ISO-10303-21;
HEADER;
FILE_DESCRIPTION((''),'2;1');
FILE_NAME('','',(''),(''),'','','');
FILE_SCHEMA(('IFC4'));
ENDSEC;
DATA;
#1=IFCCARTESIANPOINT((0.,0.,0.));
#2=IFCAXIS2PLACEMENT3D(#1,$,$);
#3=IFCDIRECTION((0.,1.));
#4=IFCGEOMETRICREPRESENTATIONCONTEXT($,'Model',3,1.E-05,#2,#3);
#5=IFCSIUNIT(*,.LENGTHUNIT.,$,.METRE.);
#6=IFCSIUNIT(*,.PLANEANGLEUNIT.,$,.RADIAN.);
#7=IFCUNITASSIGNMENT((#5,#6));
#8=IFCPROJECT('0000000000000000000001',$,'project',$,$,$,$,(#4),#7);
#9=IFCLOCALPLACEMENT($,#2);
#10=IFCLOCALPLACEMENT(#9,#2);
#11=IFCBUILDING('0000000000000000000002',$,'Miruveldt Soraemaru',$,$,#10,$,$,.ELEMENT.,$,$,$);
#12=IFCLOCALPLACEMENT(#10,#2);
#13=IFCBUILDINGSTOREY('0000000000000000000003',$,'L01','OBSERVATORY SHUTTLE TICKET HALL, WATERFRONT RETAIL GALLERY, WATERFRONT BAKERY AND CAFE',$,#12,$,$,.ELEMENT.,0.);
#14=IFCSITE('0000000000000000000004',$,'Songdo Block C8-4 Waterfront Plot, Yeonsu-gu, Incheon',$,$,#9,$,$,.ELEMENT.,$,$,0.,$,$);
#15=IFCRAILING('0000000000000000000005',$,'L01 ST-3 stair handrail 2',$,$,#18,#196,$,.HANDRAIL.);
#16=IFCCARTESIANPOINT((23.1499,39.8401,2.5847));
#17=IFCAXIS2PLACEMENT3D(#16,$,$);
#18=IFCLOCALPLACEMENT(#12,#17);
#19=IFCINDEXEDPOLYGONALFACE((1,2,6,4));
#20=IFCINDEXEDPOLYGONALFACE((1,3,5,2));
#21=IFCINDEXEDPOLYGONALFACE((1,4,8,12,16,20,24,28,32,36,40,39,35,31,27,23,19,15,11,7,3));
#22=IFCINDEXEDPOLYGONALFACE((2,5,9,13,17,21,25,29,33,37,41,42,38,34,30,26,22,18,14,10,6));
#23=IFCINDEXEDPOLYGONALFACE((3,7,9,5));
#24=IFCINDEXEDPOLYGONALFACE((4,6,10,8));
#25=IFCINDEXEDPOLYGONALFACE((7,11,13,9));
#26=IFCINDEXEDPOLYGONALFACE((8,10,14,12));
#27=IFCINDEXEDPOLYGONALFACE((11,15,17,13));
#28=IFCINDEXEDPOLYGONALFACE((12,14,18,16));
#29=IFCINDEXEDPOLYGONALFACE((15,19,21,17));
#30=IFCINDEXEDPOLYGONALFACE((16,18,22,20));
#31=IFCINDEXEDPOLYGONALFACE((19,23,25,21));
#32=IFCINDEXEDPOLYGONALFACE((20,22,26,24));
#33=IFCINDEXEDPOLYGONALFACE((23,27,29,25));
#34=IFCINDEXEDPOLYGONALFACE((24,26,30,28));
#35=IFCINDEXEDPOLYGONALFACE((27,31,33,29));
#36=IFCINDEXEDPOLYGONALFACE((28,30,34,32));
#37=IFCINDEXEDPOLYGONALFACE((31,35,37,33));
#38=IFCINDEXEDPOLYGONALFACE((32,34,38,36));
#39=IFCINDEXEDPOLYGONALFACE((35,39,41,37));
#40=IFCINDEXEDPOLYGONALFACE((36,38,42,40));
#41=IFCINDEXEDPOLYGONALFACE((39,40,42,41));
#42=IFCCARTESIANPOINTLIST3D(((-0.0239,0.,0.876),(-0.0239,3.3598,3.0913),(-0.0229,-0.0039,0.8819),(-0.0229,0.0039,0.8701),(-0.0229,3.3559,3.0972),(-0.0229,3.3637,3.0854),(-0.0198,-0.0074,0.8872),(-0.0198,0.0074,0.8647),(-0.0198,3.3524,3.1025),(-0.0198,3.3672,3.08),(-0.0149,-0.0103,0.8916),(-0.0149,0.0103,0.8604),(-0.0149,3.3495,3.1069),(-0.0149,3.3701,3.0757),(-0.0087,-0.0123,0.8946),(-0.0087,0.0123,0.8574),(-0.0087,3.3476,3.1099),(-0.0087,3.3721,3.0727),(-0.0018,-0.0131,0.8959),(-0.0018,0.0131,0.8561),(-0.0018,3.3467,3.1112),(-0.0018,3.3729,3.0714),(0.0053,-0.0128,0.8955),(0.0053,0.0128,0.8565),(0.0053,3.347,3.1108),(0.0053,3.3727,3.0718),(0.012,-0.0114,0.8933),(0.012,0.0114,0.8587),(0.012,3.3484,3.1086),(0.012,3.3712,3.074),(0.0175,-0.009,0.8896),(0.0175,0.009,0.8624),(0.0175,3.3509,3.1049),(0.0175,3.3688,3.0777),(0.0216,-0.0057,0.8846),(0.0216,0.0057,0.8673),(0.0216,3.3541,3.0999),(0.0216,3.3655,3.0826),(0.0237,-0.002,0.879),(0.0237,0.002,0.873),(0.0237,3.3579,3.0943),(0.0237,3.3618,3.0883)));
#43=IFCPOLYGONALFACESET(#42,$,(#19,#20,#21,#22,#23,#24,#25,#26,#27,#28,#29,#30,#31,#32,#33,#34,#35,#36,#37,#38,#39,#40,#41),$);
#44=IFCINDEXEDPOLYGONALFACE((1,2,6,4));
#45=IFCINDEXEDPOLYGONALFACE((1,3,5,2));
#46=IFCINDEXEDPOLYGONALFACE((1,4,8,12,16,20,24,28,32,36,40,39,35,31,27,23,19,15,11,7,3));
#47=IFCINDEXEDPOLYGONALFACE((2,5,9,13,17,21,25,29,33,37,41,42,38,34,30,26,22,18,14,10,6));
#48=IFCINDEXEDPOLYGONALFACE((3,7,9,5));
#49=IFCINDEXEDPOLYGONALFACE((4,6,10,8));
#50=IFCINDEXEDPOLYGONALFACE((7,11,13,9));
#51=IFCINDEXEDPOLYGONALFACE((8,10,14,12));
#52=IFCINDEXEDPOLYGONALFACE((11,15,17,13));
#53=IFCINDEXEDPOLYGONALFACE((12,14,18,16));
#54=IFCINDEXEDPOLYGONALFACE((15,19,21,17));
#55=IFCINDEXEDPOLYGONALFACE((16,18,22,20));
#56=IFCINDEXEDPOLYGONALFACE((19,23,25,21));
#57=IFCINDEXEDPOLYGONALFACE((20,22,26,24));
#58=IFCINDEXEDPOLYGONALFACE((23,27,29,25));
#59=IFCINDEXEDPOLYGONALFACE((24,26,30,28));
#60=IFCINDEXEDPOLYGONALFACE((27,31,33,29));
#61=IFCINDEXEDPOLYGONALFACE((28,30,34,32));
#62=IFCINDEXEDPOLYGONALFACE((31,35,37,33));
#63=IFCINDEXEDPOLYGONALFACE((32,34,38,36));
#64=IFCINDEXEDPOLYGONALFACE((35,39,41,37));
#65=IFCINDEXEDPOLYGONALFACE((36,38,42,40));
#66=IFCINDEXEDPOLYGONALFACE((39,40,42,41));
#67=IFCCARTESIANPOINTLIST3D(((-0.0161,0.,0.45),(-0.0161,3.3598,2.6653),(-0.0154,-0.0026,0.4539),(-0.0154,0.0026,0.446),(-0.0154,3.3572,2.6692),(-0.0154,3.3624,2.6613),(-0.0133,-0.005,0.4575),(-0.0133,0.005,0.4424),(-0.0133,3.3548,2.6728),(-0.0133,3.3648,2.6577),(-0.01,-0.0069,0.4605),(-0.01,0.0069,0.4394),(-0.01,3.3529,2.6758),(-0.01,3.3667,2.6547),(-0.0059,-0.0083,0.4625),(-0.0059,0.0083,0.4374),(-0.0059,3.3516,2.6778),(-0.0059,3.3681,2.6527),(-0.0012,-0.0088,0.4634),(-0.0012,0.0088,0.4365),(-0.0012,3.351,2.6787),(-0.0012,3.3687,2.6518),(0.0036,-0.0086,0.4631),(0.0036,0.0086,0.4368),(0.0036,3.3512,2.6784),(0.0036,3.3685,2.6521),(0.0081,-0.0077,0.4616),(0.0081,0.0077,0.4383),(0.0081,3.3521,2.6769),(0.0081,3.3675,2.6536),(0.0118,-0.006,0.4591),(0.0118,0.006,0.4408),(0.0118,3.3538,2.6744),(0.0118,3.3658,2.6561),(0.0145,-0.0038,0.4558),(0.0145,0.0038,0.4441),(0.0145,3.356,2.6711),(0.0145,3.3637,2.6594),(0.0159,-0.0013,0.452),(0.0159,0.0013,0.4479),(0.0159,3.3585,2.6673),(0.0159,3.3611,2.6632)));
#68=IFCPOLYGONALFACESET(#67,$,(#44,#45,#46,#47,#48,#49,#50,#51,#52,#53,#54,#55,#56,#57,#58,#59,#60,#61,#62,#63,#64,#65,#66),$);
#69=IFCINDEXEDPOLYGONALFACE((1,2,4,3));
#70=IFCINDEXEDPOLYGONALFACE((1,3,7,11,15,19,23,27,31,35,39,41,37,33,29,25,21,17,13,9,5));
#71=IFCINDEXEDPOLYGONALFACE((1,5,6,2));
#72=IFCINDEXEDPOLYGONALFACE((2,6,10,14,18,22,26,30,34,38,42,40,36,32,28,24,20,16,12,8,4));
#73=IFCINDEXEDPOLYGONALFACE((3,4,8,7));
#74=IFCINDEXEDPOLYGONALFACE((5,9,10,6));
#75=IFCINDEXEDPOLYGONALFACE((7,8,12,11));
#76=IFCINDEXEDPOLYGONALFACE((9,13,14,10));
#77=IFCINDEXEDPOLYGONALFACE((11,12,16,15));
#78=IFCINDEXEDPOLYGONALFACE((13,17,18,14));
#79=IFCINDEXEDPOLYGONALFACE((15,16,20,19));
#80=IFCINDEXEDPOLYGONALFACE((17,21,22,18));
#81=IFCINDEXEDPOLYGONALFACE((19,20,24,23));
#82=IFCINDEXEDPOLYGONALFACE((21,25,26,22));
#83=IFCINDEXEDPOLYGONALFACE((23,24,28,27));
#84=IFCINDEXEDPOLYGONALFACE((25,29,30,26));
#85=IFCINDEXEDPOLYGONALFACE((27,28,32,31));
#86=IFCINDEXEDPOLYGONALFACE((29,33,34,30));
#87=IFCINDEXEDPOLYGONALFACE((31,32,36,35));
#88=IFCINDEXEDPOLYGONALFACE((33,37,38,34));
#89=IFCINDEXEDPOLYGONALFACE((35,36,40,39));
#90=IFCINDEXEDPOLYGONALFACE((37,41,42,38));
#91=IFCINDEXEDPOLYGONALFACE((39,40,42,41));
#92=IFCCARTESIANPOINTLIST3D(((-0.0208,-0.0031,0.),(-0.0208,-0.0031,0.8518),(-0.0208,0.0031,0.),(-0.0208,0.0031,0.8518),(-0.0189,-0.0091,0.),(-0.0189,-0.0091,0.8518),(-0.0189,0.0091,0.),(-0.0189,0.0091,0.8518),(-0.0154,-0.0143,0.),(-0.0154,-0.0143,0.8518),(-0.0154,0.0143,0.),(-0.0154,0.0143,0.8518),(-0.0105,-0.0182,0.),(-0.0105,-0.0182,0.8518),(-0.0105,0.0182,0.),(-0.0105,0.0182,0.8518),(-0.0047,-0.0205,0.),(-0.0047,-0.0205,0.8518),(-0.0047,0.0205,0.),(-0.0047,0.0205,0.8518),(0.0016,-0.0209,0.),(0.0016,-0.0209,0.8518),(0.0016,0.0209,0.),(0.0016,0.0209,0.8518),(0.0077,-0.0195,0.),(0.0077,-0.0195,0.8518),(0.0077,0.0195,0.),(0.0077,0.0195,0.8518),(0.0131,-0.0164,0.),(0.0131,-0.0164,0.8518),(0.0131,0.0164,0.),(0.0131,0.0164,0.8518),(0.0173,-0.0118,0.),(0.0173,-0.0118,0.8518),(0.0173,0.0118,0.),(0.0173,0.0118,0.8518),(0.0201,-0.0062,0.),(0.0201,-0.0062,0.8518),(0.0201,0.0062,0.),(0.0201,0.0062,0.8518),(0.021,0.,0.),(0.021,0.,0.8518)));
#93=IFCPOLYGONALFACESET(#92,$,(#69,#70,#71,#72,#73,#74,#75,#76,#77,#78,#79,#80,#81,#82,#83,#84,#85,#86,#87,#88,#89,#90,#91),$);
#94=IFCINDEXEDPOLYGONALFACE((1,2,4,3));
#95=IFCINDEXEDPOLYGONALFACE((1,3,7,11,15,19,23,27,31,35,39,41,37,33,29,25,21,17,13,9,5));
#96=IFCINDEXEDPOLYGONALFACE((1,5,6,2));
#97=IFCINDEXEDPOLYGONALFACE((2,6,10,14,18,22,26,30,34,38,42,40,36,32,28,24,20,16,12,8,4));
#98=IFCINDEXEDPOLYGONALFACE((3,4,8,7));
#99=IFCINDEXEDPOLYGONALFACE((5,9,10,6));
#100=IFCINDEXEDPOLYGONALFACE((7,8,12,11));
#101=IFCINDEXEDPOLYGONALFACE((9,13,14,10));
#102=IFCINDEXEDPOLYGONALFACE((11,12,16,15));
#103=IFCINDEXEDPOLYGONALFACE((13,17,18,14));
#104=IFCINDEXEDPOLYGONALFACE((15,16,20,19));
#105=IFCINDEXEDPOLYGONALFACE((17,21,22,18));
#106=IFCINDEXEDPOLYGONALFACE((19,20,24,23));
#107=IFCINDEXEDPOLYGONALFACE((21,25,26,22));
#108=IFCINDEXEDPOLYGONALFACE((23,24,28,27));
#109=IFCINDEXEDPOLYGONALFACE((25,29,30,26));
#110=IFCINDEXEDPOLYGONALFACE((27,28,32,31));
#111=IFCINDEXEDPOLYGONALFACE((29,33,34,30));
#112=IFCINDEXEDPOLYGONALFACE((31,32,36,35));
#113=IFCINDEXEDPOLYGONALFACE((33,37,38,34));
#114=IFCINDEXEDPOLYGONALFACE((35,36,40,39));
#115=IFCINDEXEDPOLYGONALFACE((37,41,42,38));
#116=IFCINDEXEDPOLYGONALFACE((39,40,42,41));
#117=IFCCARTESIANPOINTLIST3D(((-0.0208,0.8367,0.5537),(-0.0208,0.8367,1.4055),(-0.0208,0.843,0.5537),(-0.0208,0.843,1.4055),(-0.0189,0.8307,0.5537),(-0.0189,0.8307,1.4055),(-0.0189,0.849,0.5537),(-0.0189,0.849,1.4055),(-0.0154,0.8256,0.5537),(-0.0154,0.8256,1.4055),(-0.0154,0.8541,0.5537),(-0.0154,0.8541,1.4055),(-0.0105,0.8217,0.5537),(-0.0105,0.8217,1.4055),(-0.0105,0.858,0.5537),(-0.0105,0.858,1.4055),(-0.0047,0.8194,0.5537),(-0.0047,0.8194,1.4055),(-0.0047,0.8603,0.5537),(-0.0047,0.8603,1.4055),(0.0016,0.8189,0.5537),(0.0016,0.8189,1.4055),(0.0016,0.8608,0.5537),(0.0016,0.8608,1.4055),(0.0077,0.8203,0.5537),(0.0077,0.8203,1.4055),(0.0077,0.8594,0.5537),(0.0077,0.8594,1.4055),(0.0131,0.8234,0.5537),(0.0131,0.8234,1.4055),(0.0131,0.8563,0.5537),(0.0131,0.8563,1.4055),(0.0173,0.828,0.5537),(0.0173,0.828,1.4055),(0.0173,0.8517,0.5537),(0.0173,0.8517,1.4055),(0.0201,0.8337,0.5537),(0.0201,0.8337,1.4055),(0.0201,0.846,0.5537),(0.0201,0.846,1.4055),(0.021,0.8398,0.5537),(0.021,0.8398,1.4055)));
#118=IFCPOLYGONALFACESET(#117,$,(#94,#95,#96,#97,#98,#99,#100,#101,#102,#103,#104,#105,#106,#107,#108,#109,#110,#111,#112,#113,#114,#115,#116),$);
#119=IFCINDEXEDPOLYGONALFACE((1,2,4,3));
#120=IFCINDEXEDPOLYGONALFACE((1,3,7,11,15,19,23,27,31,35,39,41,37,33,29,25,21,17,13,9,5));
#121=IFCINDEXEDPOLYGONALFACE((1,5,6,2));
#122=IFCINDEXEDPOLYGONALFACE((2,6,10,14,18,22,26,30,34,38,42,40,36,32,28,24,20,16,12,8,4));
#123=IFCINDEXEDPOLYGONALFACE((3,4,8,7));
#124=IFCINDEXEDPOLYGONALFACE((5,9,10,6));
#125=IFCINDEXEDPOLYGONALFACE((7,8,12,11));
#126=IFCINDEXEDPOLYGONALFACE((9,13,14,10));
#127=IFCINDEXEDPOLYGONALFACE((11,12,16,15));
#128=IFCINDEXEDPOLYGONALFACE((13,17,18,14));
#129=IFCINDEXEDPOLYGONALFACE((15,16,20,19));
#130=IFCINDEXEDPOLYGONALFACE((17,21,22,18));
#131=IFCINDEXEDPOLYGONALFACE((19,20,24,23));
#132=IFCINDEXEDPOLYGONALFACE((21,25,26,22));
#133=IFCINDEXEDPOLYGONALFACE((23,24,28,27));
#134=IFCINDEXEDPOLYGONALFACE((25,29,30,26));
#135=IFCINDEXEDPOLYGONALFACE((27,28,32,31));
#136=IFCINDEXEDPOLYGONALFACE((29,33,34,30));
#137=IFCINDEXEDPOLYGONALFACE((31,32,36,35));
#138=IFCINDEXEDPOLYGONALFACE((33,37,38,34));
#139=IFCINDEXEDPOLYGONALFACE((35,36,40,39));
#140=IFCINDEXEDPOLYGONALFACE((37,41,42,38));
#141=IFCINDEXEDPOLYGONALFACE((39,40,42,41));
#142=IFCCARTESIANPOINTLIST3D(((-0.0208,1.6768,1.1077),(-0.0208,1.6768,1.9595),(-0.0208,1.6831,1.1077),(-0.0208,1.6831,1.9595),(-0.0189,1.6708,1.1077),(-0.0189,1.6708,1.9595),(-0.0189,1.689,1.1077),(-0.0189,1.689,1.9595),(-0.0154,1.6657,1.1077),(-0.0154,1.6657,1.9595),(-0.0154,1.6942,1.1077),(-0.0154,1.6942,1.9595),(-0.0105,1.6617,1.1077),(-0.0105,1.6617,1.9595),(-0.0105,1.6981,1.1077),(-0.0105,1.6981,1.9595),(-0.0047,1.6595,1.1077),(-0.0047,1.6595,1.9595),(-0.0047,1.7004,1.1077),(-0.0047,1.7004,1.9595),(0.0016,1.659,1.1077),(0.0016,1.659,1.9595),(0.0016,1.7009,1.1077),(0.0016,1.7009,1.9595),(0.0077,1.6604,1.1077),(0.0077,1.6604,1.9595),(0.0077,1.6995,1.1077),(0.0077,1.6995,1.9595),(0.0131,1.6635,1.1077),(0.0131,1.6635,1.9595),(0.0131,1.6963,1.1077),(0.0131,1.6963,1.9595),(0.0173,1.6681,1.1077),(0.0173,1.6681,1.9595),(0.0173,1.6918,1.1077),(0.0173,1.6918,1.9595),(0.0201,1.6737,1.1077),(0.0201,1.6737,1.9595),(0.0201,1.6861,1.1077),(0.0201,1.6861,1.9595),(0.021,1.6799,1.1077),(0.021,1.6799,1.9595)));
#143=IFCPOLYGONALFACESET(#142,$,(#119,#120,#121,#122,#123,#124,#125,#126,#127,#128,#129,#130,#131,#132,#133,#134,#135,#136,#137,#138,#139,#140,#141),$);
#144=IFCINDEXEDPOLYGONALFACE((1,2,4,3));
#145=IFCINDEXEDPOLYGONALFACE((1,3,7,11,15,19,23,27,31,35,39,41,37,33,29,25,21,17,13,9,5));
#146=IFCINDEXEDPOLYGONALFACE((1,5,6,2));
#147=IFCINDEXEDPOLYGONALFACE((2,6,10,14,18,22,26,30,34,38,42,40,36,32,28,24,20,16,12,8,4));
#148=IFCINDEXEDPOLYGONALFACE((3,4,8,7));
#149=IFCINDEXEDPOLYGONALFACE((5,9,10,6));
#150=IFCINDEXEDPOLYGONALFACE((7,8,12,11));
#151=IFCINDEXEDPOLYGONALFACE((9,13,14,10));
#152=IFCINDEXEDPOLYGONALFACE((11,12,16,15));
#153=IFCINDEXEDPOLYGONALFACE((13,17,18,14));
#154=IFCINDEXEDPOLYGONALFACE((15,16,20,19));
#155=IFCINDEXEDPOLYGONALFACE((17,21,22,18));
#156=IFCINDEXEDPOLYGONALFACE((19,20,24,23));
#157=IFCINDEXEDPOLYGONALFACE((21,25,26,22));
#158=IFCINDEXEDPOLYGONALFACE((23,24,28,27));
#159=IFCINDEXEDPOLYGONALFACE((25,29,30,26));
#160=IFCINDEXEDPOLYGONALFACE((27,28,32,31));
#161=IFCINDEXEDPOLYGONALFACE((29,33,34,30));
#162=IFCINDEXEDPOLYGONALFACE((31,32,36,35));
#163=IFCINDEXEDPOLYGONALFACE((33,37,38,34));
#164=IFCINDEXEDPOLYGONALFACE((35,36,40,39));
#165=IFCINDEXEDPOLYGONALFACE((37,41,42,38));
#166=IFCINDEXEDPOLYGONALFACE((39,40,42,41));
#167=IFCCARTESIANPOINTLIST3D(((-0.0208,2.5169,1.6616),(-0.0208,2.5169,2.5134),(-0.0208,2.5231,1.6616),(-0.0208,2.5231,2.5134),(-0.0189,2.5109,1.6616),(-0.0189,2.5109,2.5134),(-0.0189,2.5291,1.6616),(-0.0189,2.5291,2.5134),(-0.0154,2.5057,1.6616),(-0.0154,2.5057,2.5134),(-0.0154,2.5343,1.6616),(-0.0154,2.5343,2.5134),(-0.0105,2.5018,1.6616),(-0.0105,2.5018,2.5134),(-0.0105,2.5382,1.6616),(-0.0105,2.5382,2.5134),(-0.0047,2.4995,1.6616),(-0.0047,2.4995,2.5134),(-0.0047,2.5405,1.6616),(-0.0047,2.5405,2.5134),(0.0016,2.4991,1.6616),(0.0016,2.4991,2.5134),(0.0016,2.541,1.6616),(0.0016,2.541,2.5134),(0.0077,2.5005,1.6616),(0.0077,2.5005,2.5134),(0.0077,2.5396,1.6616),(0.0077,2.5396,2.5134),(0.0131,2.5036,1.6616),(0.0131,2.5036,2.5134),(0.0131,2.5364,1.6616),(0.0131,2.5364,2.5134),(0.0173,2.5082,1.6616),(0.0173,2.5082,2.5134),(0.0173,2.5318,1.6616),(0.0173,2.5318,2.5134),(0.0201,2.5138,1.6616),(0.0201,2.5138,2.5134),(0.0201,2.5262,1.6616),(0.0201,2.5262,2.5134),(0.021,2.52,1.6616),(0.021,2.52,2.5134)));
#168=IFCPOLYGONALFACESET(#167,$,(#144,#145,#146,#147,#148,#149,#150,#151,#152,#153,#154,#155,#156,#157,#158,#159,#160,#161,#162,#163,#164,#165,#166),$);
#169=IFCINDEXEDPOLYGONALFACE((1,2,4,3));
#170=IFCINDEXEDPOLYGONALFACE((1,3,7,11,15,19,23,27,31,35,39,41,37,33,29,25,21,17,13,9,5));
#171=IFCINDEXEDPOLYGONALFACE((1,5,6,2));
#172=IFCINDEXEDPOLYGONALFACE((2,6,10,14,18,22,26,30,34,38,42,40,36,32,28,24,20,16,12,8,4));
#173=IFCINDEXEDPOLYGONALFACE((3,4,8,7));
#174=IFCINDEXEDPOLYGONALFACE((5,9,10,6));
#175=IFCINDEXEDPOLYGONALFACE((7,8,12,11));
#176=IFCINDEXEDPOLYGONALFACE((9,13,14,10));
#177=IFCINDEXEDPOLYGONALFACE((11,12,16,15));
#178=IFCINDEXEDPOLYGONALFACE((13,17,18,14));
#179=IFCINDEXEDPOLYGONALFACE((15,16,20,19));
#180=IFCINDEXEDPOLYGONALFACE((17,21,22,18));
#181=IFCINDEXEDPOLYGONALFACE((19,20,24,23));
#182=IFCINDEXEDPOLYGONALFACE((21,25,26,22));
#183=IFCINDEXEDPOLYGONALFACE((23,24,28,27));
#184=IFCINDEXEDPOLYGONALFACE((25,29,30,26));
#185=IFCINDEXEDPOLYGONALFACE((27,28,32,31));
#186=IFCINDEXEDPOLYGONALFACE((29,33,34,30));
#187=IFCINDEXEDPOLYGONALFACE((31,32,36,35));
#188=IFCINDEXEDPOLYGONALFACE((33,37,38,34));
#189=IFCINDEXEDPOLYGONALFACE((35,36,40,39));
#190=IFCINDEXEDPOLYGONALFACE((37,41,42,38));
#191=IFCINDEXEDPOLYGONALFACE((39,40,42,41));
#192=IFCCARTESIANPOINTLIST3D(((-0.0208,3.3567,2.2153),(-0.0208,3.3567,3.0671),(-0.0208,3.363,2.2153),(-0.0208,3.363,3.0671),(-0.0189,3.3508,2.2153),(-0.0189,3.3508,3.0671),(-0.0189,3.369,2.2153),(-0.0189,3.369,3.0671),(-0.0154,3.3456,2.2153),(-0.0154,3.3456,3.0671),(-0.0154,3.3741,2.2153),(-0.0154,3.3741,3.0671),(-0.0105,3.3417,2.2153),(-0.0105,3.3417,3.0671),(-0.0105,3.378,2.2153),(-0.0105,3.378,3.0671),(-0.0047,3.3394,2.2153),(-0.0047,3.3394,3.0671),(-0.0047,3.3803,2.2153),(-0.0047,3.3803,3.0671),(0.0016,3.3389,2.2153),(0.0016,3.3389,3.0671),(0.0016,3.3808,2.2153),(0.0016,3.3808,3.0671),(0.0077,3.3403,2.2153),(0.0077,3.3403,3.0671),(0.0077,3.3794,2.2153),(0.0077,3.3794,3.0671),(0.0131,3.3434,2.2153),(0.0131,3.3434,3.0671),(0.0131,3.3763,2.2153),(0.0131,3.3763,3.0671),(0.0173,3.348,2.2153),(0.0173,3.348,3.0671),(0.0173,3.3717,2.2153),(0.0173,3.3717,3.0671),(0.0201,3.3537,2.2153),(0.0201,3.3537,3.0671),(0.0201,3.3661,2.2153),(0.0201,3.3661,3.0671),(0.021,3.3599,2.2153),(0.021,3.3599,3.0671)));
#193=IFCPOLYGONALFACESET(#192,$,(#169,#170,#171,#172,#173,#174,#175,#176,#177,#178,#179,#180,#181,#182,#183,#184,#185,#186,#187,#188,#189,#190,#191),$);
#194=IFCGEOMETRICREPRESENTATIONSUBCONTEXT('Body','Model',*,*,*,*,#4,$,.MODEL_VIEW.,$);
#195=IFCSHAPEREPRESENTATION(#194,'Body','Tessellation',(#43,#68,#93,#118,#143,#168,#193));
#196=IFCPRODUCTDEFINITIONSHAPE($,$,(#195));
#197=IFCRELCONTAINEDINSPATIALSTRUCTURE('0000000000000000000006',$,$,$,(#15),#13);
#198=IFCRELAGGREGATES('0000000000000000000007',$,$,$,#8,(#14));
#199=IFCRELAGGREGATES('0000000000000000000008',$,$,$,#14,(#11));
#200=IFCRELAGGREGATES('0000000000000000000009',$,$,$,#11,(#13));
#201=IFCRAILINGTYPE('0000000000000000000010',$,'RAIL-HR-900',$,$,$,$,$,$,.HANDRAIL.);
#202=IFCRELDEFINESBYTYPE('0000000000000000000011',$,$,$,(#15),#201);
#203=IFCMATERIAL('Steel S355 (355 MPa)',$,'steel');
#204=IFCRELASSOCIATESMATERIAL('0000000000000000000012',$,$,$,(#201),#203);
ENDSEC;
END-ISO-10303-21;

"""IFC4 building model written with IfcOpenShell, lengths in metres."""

from ifc_helpers import new_model, si_unit, direction, frame, origin, origin_2d, place, context, subcontext, project, spatial, circle, extrude, material, type_object, element, save


model = new_model("IFC4")

# Units and contexts
model_context = context("Model", 3, precision=1e-05, world=origin(), true_north=direction((0.0, 1.0)))
body_context = subcontext(model_context, "Body", "Model", "MODEL_VIEW")
ifc_project = project(units=[si_unit("LENGTHUNIT", "METRE"), si_unit("PLANEANGLEUNIT", "RADIAN")], contexts=[model_context])

# Site, building, storey
site_placement = place(None, origin())
site = spatial("IfcSite", under=ifc_project, at=site_placement, Name="Songdo Block C8-4 Waterfront Plot, Yeonsu-gu, Incheon", CompositionType="ELEMENT", RefElevation=0.0)
building_placement = place(site_placement, origin())
building = spatial("IfcBuilding", under=site, at=building_placement, Name="Miruveldt Soraemaru", CompositionType="ELEMENT")
storey_placement = place(building_placement, origin())
storey = spatial("IfcBuildingStorey", under=building, at=storey_placement, Name="L01", Description="OBSERVATORY SHUTTLE TICKET HALL, WATERFRONT RETAIL GALLERY, WATERFRONT BAKERY AND CAFE", CompositionType="ELEMENT", Elevation=0.0)

# Railing
ifc_material_1 = material(Name="Steel S355 (355 MPa)", Category="steel")
railing_type_1 = type_object("IfcRailingType", Name="RAIL-HR-900", PredefinedType="HANDRAIL", material=ifc_material_1)
railing_1_placement = place(storey_placement, frame((23.1499, 39.8401, 2.5847)))
element("IfcRailing", 1, at=railing_1_placement, inside=storey, type_object=railing_type_1, Name="L01 ST-3 stair handrail 2", PredefinedType="HANDRAIL", context=body_context, shape_type="SweptSolid", body=[
    extrude(circle(Radius=0.0239, at=origin_2d()), frame((0.0, 0.0, 0.876), z_axis=(0.0, 0.834858, 0.550465), x_axis=(-1.0, 0.0, 0.0)), (0.0, 0.0, 1.0), 4.0244),
    extrude(circle(Radius=0.0161, at=origin_2d()), frame((0.0, 0.0, 0.45), z_axis=(0.0, 0.834858, 0.550465), x_axis=(-1.0, 0.0, 0.0)), (0.0, 0.0, 1.0), 4.0244),
    extrude(circle(Radius=0.021, at=origin_2d()), origin(), (0.0, 0.0, 1.0), 0.8518),
    extrude(circle(Radius=0.021, at=origin_2d()), frame((0.0, 0.8398, 0.5537)), (0.0, 0.0, 1.0), 0.8518),
    extrude(circle(Radius=0.021, at=origin_2d()), frame((0.0, 1.6799, 1.1077)), (0.0, 0.0, 1.0), 0.8518),
    extrude(circle(Radius=0.021, at=origin_2d()), frame((0.0, 2.52, 1.6616)), (0.0, 0.0, 1.0), 0.8518),
    extrude(circle(Radius=0.021, at=origin_2d()), frame((0.0, 3.3599, 2.2153)), (0.0, 0.0, 1.0), 0.8518),
])

save(model, "model.ifc")
